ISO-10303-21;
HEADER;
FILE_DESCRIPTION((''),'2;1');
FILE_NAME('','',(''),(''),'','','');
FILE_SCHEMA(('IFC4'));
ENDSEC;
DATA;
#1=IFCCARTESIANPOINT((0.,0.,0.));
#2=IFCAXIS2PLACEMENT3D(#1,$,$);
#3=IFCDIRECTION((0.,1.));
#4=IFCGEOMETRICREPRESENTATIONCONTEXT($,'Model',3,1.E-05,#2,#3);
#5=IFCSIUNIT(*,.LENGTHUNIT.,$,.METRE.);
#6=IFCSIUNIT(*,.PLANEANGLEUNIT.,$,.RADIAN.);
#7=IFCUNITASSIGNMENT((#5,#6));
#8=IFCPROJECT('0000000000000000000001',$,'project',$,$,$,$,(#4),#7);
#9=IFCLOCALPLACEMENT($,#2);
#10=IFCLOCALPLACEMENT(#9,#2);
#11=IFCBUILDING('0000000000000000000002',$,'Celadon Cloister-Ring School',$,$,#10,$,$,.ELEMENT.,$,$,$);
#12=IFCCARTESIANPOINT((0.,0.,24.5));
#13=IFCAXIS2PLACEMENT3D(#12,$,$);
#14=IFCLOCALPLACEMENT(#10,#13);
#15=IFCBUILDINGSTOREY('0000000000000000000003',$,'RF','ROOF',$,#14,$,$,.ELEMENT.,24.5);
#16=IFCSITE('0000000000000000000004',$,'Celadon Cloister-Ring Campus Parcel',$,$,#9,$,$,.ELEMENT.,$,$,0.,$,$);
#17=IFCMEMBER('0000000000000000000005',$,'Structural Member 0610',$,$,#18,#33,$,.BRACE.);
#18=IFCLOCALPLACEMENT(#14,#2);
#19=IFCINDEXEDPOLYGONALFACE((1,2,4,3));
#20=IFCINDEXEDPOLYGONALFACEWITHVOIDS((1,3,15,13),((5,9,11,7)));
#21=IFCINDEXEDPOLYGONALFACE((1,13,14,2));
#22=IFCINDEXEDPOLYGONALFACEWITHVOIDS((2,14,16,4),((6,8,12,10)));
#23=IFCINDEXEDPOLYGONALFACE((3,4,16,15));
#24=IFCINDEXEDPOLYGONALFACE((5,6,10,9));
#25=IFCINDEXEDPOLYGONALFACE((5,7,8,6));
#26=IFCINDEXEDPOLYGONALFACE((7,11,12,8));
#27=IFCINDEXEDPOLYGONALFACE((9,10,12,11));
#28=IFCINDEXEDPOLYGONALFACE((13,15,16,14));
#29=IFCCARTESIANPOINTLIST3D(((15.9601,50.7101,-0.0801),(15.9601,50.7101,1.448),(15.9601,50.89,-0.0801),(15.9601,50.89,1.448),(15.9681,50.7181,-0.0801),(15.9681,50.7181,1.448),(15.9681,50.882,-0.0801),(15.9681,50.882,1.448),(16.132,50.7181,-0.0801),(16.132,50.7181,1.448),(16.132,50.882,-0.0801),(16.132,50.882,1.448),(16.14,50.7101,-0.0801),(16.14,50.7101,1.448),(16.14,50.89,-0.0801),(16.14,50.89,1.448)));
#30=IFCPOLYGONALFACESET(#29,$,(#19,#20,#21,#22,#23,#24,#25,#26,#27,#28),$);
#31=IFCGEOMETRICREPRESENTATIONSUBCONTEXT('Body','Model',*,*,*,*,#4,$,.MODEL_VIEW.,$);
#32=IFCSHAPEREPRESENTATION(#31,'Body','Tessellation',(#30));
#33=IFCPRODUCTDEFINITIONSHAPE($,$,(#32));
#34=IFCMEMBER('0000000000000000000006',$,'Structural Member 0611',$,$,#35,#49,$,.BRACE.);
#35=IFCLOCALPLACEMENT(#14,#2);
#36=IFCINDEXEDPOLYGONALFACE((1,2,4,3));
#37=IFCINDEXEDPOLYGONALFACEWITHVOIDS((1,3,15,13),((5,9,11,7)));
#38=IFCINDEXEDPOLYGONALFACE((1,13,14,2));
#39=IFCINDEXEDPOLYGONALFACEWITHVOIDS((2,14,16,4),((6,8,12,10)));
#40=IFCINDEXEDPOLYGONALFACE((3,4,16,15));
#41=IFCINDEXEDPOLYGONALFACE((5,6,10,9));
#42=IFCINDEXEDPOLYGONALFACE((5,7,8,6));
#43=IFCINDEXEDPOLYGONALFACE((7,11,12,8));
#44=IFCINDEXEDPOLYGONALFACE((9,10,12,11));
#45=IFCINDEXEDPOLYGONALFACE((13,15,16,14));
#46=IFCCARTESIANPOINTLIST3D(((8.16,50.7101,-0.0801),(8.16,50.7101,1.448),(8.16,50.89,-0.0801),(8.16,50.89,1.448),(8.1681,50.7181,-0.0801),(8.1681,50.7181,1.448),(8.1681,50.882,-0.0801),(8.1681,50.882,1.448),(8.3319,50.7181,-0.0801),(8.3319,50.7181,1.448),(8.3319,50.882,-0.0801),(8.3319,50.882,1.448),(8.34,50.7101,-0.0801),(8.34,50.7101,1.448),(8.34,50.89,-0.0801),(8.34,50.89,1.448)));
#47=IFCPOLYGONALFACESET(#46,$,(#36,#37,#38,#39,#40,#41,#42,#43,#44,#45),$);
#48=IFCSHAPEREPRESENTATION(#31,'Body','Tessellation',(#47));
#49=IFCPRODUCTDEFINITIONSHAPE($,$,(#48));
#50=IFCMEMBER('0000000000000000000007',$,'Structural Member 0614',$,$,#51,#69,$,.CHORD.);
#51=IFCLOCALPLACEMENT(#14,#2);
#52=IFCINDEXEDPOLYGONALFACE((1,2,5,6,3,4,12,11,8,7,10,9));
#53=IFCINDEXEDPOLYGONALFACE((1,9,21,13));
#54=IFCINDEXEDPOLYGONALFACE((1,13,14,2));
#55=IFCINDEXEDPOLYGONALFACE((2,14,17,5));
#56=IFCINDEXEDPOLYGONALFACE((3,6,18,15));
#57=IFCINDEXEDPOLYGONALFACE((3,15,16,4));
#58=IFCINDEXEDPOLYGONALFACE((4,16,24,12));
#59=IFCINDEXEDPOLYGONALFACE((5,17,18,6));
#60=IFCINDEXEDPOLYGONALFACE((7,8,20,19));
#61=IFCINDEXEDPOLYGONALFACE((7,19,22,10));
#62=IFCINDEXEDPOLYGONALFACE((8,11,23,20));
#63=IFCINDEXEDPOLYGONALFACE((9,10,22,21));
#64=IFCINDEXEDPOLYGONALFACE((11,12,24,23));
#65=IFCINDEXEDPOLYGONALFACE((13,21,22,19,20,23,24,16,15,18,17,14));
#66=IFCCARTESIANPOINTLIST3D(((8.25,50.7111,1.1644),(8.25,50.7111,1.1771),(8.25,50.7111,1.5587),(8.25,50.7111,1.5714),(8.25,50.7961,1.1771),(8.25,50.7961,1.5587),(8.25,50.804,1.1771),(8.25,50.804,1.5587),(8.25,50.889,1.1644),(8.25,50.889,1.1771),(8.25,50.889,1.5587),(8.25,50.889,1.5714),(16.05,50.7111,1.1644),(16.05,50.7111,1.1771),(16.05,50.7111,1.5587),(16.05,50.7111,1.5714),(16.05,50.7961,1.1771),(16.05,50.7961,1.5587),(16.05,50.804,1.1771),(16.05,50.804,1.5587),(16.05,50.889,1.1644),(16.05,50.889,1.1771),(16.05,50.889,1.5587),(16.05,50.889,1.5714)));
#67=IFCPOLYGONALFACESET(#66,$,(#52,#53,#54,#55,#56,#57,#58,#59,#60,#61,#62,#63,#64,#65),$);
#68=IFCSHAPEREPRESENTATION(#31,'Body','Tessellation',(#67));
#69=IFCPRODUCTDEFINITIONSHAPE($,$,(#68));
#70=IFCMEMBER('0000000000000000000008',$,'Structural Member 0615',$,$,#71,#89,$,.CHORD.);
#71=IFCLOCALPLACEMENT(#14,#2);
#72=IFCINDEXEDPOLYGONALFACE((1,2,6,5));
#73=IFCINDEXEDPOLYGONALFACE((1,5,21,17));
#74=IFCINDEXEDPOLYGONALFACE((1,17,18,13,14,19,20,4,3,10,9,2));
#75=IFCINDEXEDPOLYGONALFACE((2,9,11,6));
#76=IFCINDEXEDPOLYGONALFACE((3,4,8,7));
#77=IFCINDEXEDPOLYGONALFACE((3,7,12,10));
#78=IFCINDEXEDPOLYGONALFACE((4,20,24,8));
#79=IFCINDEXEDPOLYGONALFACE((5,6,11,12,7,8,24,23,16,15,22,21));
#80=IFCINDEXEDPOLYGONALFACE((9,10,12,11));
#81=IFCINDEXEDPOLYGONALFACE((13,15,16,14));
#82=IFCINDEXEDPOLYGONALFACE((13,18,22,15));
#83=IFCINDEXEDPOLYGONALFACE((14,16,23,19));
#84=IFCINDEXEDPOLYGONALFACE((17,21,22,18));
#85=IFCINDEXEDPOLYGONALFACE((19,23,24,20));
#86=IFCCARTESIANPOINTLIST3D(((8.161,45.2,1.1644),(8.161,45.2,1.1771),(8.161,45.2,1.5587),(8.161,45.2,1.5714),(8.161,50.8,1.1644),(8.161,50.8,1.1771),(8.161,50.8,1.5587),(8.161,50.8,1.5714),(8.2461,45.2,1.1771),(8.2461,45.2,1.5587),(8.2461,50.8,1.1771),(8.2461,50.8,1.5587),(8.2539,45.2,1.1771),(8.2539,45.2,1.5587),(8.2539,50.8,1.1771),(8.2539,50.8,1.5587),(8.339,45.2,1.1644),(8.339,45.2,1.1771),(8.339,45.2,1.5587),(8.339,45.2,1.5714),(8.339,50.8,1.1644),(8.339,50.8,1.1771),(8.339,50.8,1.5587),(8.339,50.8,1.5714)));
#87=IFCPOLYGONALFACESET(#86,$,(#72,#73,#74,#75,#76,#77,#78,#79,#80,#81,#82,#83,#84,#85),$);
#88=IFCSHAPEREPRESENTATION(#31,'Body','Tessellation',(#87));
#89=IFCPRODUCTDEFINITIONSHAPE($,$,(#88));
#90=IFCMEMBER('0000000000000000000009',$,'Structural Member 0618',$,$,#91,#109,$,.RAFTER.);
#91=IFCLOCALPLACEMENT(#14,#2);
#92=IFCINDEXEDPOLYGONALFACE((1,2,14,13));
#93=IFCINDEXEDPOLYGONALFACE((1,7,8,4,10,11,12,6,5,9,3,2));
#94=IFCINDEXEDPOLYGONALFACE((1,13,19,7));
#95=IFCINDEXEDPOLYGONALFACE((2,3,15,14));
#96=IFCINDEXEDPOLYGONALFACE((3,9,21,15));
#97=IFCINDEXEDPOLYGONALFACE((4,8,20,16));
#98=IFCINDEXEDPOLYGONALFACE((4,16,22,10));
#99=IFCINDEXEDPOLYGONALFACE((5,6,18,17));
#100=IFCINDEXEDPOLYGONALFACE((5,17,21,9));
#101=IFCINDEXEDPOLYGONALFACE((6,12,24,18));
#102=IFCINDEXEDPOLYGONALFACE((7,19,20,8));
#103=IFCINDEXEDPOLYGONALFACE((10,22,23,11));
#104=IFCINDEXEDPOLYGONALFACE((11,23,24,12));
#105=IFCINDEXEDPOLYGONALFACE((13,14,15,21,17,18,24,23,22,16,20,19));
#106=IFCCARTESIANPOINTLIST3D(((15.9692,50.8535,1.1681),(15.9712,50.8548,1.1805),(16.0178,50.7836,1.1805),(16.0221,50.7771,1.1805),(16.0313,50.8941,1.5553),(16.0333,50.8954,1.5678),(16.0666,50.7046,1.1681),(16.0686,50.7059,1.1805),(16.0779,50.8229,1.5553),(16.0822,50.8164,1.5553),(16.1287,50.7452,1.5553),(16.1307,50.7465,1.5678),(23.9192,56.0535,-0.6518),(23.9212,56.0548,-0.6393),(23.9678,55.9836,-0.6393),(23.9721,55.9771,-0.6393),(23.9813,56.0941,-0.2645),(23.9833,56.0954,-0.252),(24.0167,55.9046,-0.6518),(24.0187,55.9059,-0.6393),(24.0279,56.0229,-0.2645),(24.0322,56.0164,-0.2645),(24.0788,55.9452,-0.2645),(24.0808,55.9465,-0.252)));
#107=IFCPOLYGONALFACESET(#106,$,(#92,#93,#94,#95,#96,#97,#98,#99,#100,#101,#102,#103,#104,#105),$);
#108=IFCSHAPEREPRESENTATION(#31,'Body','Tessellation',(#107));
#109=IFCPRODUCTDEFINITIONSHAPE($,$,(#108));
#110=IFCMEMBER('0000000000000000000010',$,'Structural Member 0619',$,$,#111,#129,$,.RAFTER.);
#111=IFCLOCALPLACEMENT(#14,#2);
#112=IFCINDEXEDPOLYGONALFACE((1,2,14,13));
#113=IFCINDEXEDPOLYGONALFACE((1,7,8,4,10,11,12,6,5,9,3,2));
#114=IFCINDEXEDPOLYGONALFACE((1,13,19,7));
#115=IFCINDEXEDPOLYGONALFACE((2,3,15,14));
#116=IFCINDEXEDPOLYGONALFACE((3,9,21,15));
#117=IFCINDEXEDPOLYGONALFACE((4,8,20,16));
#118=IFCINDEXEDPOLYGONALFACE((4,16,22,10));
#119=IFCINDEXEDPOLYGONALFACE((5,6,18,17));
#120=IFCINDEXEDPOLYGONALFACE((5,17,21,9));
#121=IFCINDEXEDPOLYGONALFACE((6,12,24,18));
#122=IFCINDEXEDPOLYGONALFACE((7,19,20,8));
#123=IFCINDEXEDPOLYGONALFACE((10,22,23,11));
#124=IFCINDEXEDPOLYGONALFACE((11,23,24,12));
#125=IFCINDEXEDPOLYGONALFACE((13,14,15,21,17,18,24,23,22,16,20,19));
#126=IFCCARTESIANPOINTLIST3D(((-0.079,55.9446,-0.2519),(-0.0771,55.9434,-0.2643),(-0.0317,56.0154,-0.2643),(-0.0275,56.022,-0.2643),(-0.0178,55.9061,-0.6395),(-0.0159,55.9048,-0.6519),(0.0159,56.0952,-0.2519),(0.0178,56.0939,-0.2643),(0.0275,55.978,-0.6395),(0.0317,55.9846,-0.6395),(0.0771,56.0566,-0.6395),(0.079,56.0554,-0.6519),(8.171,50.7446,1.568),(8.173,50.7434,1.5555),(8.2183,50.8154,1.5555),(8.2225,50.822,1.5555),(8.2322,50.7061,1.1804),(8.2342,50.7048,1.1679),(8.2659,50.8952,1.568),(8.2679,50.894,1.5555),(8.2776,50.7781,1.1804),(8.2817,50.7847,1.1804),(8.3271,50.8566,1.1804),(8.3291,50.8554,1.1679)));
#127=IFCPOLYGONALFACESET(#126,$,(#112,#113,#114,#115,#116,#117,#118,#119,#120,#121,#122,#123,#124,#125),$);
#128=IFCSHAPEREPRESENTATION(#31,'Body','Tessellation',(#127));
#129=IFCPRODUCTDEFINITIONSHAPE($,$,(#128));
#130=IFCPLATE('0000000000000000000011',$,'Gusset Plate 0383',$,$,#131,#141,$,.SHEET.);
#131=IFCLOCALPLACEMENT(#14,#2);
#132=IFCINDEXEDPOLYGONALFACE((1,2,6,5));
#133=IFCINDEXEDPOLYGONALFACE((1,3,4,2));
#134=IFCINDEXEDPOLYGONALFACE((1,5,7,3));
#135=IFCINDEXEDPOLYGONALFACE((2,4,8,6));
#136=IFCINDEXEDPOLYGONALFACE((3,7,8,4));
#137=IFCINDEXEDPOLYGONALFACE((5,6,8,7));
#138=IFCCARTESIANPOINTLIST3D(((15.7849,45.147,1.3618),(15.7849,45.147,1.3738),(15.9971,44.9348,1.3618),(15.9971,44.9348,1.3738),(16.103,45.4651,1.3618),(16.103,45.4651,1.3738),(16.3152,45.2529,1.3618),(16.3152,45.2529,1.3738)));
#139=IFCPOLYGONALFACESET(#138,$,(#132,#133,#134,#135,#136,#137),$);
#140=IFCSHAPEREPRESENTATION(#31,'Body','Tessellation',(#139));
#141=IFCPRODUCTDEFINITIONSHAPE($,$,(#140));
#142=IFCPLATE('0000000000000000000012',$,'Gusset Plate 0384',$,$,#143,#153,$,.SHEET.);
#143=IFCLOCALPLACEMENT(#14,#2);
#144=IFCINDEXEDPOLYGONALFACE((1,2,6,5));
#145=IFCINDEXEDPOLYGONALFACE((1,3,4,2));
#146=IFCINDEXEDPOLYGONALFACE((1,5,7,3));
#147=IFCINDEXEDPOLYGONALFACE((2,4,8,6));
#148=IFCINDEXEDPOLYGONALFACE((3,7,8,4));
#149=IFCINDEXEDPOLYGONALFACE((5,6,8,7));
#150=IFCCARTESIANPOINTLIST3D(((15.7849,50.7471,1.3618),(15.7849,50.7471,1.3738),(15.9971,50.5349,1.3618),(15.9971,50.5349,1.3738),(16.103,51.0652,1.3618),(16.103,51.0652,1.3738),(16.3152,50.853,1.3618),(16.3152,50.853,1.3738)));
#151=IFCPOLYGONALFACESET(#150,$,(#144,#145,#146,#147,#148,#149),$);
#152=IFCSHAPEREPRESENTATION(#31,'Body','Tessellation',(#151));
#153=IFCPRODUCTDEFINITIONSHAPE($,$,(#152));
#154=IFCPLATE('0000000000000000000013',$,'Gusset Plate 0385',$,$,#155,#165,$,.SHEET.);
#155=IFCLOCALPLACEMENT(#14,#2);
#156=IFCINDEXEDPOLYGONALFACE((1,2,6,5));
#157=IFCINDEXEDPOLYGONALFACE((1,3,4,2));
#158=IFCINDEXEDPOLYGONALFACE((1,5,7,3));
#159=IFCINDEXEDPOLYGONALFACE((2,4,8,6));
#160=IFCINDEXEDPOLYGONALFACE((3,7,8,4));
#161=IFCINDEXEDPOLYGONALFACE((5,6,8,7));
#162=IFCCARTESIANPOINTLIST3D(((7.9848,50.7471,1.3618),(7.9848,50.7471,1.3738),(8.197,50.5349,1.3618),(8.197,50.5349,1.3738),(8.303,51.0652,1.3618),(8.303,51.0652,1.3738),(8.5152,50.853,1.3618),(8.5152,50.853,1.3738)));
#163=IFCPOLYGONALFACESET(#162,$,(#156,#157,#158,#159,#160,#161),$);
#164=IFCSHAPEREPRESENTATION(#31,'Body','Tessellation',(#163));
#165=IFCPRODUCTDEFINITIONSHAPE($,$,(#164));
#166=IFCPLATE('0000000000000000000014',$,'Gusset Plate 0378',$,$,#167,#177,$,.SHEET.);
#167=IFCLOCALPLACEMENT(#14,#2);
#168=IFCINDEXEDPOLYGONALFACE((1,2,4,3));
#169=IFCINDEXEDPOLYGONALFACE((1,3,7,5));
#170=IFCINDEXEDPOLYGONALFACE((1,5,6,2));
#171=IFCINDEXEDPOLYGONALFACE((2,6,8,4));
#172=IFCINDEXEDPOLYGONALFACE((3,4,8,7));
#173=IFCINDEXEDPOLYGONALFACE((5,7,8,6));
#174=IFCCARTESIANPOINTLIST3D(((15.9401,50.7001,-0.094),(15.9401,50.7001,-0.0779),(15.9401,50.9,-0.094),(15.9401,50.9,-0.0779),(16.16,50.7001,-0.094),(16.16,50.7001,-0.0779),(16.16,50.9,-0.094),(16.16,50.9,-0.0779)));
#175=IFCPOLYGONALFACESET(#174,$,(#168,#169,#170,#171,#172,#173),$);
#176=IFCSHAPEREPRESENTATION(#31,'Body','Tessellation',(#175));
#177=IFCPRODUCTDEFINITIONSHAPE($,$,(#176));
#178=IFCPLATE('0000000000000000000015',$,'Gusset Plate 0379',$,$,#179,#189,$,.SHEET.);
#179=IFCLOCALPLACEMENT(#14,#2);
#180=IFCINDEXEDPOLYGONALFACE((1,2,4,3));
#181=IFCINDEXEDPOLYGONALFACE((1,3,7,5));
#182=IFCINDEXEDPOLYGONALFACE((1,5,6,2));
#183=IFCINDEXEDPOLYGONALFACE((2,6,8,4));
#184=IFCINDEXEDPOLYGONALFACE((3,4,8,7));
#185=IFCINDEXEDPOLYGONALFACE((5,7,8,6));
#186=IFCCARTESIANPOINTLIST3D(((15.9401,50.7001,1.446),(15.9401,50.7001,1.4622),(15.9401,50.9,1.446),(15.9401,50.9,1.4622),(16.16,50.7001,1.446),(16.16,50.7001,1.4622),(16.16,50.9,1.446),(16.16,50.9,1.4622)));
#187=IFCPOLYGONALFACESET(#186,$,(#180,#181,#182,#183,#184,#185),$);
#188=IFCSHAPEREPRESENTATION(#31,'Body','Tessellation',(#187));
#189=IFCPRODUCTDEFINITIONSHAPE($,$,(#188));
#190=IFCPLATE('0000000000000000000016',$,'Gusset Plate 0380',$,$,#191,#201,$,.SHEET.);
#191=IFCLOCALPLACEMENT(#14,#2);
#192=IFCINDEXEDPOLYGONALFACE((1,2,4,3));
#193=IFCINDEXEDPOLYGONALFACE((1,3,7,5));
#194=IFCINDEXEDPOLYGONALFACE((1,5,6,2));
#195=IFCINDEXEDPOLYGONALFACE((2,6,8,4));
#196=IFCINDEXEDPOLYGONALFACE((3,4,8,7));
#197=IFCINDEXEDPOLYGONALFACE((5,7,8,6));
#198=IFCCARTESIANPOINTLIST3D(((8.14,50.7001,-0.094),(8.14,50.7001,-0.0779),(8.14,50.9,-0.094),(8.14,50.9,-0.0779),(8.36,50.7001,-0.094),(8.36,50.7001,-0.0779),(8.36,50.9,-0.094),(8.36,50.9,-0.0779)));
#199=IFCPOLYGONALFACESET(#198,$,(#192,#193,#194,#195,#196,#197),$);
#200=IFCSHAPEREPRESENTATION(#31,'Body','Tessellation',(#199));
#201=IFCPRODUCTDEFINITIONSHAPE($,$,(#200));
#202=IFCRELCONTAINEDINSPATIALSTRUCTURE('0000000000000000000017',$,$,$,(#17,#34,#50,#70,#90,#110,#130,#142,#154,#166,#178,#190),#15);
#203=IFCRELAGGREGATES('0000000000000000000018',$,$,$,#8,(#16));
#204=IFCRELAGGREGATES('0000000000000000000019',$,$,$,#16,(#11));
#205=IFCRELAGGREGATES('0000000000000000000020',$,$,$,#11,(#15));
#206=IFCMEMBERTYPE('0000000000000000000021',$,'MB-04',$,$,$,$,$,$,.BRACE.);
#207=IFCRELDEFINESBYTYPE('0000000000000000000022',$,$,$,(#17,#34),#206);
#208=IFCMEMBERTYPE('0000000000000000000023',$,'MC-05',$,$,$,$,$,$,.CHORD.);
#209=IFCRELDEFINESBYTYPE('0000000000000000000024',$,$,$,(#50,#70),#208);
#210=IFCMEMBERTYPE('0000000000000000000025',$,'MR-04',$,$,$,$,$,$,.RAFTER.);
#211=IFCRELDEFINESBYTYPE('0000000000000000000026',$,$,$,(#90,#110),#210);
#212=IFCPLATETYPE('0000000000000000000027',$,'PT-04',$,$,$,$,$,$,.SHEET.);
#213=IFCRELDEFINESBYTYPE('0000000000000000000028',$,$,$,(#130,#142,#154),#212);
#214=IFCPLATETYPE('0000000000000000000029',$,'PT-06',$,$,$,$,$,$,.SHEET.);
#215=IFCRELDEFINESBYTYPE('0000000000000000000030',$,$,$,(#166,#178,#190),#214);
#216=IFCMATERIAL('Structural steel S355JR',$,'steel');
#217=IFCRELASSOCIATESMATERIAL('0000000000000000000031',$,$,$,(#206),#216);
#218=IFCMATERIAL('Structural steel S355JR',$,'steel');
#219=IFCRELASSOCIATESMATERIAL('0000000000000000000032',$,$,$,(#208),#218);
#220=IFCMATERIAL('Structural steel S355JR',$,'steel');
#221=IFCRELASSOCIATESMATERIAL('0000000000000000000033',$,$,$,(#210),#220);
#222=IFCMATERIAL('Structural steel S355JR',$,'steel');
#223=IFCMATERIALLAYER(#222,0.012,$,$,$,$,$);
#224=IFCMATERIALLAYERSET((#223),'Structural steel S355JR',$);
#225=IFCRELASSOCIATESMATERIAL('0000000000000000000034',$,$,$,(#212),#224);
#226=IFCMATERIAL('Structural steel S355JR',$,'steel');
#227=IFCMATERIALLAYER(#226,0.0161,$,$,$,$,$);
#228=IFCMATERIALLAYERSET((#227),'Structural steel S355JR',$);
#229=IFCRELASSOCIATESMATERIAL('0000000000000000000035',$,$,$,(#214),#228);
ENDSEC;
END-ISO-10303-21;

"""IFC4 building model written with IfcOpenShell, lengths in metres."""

from ifc_helpers import new_model, si_unit, direction, frame, origin, origin_2d, place, context, subcontext, project, spatial, rectangle, hollow_rectangle, i_section, extrude, material, layer, layer_set, material_profile, profile_set, type_object, element, save


model = new_model("IFC4")

# Units and contexts
model_context = context("Model", 3, precision=1e-05, world=origin(), true_north=direction((0.0, 1.0)))
body_context = subcontext(model_context, "Body", "Model", "MODEL_VIEW")
ifc_project = project(units=[si_unit("LENGTHUNIT", "METRE"), si_unit("PLANEANGLEUNIT", "RADIAN")], contexts=[model_context])

# Site, building, storey
site_placement = place(None, origin())
site = spatial("IfcSite", under=ifc_project, at=site_placement, Name="Celadon Cloister-Ring Campus Parcel", CompositionType="ELEMENT", RefElevation=0.0)
building_placement = place(site_placement, origin())
building = spatial("IfcBuilding", under=site, at=building_placement, Name="Celadon Cloister-Ring School", CompositionType="ELEMENT")
storey_placement = place(building_placement, frame((0.0, 0.0, 24.5)))
storey = spatial("IfcBuildingStorey", under=building, at=storey_placement, Name="RF", Description="ROOF", CompositionType="ELEMENT", Elevation=24.5)

# Members
ifc_material_1 = material(Name="Structural steel S355JR", Category="steel")
ifc_material_profile_1 = material_profile(ifc_material_1, hollow_rectangle(XDim=0.1799, YDim=0.1799, WallThickness=0.0081, at=origin_2d()), Name="HSS180X180X8")
ifc_profile_set_1 = profile_set([ifc_material_profile_1], Name="Structural steel S355JR")
member_type_1 = type_object("IfcMemberType", Name="MB-04", PredefinedType="BRACE", material=ifc_profile_set_1)
for number, where, z_axis, x_axis, name in (
    (1, (16.05, 50.8, -0.0801), (0.0, 0.0, 1.0), (1.0, 0.0, 0.0), "Structural Member 0610"),
    (2, (8.25, 50.8, -0.0801), (0.0, 0.0, 1.0), (1.0, 0.0, 0.0), "Structural Member 0611"),
):
    element("IfcMember", number, at=place(storey_placement, frame(where, z_axis=z_axis, x_axis=x_axis)), inside=storey, type_object=member_type_1, Name=name, PredefinedType="BRACE", context=body_context, shape_type="SweptSolid", body=[
        extrude(hollow_rectangle(XDim=0.1799, YDim=0.1799, WallThickness=0.0081, at=origin_2d()), origin(), (0.0, 0.0, 1.0), 1.5281),
    ])
ifc_material_2 = material(Name="Structural steel S355JR", Category="steel")
ifc_material_profile_2 = material_profile(ifc_material_2, i_section(OverallWidth=0.178, OverallDepth=0.407, WebThickness=0.0078, FlangeThickness=0.0127, at=origin_2d()), Name="W410X60")
ifc_profile_set_2 = profile_set([ifc_material_profile_2], Name="Structural steel S355JR")
member_type_2 = type_object("IfcMemberType", Name="MC-05", PredefinedType="CHORD", material=ifc_profile_set_2)
member_1_placement = place(storey_placement, frame((16.05, 50.8, 1.3679), z_axis=(-1.0, 0.0, 0.0), x_axis=(0.0, -1.0, 0.0)))
element("IfcMember", 3, at=member_1_placement, inside=storey, type_object=member_type_2, Name="Structural Member 0614", PredefinedType="CHORD", context=body_context, shape_type="SweptSolid", body=[
    extrude(i_section(OverallWidth=0.178, OverallDepth=0.407, WebThickness=0.0078, FlangeThickness=0.0127, at=origin_2d()), origin(), (0.0, 0.0, 1.0), 7.8),
])
member_2_placement = place(storey_placement, frame((8.25, 50.8, 1.3679), z_axis=(0.0, -1.0, 0.0), x_axis=(1.0, 0.0, 0.0)))
element("IfcMember", 4, at=member_2_placement, inside=storey, type_object=member_type_2, Name="Structural Member 0615", PredefinedType="CHORD", context=body_context, shape_type="SweptSolid", body=[
    extrude(i_section(OverallWidth=0.178, OverallDepth=0.407, WebThickness=0.0078, FlangeThickness=0.0127, at=origin_2d()), origin(), (0.0, 0.0, 1.0), 5.6001),
])
ifc_material_3 = material(Name="Structural steel S355JR", Category="steel")
ifc_material_profile_3 = material_profile(ifc_material_3, i_section(OverallWidth=0.178, OverallDepth=0.407, WebThickness=0.0078, FlangeThickness=0.0127, at=origin_2d()), Name="W410X60")
ifc_profile_set_3 = profile_set([ifc_material_profile_3], Name="Structural steel S355JR")
member_type_3 = type_object("IfcMemberType", Name="MR-04", PredefinedType="RAFTER", material=ifc_profile_set_3)
member_3_placement = place(storey_placement, frame((24.0, 56.0, -0.4519), z_axis=(-0.821932, -0.537614, 0.188148), x_axis=(0.54739, -0.836878, 0.0)))
element("IfcMember", 5, at=member_3_placement, inside=storey, type_object=member_type_3, Name="Structural Member 0618", PredefinedType="RAFTER", context=body_context, shape_type="SweptSolid", body=[
    extrude(i_section(OverallWidth=0.178, OverallDepth=0.407, WebThickness=0.0078, FlangeThickness=0.0127, at=origin_2d()), origin(), (0.0, 0.0, 1.0), 9.6724),
])
member_4_placement = place(storey_placement, frame((0.0, 56.0, -0.4519), z_axis=(0.831622, -0.524169, 0.183443), x_axis=(0.533218, 0.845978, 0.0)))
element("IfcMember", 6, at=member_4_placement, inside=storey, type_object=member_type_3, Name="Structural Member 0619", PredefinedType="RAFTER", context=body_context, shape_type="SweptSolid", body=[
    extrude(i_section(OverallWidth=0.178, OverallDepth=0.407, WebThickness=0.0078, FlangeThickness=0.0127, at=origin_2d()), origin(), (0.0, 0.0, 1.0), 9.9204),
])

# Plates
ifc_material_4 = material(Name="Structural steel S355JR", Category="steel")
ifc_layer_1 = layer(ifc_material_4, 0.012)
ifc_layer_set_1 = layer_set([ifc_layer_1], Name="Structural steel S355JR")
plate_type_1 = type_object("IfcPlateType", Name="PT-04", PredefinedType="SHEET", material=ifc_layer_set_1)
for number, where, z_axis, x_axis, name in (
    (7, (16.05, 45.2, 1.3618), (0.0, 0.0, 1.0), (0.707107, 0.707107, 0.0), "Gusset Plate 0383"),
    (8, (16.05, 50.8, 1.3618), (0.0, 0.0, 1.0), (0.707107, 0.707107, 0.0), "Gusset Plate 0384"),
    (9, (8.25, 50.8, 1.3618), (0.0, 0.0, 1.0), (0.707107, 0.707107, 0.0), "Gusset Plate 0385"),
):
    element("IfcPlate", number, at=place(storey_placement, frame(where, z_axis=z_axis, x_axis=x_axis)), inside=storey, type_object=plate_type_1, Name=name, PredefinedType="SHEET", context=body_context, shape_type="SweptSolid", body=[
        extrude(rectangle(XDim=0.45, YDim=0.3, at=origin_2d()), origin(), (0.0, 0.0, 1.0), 0.012),
    ])
ifc_material_5 = material(Name="Structural steel S355JR", Category="steel")
ifc_layer_2 = layer(ifc_material_5, 0.0161)
ifc_layer_set_2 = layer_set([ifc_layer_2], Name="Structural steel S355JR")
plate_type_2 = type_object("IfcPlateType", Name="PT-06", PredefinedType="SHEET", material=ifc_layer_set_2)
for number, where, z_axis, x_axis, name in (
    (10, (16.05, 50.8, -0.094), (0.0, 0.0, 1.0), (1.0, 0.0, 0.0), "Gusset Plate 0378"),
    (11, (16.05, 50.8, 1.446), (0.0, 0.0, 1.0), (1.0, 0.0, 0.0), "Gusset Plate 0379"),
    (12, (8.25, 50.8, -0.094), (0.0, 0.0, 1.0), (1.0, 0.0, 0.0), "Gusset Plate 0380"),
):
    element("IfcPlate", number, at=place(storey_placement, frame(where, z_axis=z_axis, x_axis=x_axis)), inside=storey, type_object=plate_type_2, Name=name, PredefinedType="SHEET", context=body_context, shape_type="SweptSolid", body=[
        extrude(rectangle(XDim=0.22, YDim=0.2, at=origin_2d()), origin(), (0.0, 0.0, 1.0), 0.0161),
    ])

save(model, "model.ifc")
